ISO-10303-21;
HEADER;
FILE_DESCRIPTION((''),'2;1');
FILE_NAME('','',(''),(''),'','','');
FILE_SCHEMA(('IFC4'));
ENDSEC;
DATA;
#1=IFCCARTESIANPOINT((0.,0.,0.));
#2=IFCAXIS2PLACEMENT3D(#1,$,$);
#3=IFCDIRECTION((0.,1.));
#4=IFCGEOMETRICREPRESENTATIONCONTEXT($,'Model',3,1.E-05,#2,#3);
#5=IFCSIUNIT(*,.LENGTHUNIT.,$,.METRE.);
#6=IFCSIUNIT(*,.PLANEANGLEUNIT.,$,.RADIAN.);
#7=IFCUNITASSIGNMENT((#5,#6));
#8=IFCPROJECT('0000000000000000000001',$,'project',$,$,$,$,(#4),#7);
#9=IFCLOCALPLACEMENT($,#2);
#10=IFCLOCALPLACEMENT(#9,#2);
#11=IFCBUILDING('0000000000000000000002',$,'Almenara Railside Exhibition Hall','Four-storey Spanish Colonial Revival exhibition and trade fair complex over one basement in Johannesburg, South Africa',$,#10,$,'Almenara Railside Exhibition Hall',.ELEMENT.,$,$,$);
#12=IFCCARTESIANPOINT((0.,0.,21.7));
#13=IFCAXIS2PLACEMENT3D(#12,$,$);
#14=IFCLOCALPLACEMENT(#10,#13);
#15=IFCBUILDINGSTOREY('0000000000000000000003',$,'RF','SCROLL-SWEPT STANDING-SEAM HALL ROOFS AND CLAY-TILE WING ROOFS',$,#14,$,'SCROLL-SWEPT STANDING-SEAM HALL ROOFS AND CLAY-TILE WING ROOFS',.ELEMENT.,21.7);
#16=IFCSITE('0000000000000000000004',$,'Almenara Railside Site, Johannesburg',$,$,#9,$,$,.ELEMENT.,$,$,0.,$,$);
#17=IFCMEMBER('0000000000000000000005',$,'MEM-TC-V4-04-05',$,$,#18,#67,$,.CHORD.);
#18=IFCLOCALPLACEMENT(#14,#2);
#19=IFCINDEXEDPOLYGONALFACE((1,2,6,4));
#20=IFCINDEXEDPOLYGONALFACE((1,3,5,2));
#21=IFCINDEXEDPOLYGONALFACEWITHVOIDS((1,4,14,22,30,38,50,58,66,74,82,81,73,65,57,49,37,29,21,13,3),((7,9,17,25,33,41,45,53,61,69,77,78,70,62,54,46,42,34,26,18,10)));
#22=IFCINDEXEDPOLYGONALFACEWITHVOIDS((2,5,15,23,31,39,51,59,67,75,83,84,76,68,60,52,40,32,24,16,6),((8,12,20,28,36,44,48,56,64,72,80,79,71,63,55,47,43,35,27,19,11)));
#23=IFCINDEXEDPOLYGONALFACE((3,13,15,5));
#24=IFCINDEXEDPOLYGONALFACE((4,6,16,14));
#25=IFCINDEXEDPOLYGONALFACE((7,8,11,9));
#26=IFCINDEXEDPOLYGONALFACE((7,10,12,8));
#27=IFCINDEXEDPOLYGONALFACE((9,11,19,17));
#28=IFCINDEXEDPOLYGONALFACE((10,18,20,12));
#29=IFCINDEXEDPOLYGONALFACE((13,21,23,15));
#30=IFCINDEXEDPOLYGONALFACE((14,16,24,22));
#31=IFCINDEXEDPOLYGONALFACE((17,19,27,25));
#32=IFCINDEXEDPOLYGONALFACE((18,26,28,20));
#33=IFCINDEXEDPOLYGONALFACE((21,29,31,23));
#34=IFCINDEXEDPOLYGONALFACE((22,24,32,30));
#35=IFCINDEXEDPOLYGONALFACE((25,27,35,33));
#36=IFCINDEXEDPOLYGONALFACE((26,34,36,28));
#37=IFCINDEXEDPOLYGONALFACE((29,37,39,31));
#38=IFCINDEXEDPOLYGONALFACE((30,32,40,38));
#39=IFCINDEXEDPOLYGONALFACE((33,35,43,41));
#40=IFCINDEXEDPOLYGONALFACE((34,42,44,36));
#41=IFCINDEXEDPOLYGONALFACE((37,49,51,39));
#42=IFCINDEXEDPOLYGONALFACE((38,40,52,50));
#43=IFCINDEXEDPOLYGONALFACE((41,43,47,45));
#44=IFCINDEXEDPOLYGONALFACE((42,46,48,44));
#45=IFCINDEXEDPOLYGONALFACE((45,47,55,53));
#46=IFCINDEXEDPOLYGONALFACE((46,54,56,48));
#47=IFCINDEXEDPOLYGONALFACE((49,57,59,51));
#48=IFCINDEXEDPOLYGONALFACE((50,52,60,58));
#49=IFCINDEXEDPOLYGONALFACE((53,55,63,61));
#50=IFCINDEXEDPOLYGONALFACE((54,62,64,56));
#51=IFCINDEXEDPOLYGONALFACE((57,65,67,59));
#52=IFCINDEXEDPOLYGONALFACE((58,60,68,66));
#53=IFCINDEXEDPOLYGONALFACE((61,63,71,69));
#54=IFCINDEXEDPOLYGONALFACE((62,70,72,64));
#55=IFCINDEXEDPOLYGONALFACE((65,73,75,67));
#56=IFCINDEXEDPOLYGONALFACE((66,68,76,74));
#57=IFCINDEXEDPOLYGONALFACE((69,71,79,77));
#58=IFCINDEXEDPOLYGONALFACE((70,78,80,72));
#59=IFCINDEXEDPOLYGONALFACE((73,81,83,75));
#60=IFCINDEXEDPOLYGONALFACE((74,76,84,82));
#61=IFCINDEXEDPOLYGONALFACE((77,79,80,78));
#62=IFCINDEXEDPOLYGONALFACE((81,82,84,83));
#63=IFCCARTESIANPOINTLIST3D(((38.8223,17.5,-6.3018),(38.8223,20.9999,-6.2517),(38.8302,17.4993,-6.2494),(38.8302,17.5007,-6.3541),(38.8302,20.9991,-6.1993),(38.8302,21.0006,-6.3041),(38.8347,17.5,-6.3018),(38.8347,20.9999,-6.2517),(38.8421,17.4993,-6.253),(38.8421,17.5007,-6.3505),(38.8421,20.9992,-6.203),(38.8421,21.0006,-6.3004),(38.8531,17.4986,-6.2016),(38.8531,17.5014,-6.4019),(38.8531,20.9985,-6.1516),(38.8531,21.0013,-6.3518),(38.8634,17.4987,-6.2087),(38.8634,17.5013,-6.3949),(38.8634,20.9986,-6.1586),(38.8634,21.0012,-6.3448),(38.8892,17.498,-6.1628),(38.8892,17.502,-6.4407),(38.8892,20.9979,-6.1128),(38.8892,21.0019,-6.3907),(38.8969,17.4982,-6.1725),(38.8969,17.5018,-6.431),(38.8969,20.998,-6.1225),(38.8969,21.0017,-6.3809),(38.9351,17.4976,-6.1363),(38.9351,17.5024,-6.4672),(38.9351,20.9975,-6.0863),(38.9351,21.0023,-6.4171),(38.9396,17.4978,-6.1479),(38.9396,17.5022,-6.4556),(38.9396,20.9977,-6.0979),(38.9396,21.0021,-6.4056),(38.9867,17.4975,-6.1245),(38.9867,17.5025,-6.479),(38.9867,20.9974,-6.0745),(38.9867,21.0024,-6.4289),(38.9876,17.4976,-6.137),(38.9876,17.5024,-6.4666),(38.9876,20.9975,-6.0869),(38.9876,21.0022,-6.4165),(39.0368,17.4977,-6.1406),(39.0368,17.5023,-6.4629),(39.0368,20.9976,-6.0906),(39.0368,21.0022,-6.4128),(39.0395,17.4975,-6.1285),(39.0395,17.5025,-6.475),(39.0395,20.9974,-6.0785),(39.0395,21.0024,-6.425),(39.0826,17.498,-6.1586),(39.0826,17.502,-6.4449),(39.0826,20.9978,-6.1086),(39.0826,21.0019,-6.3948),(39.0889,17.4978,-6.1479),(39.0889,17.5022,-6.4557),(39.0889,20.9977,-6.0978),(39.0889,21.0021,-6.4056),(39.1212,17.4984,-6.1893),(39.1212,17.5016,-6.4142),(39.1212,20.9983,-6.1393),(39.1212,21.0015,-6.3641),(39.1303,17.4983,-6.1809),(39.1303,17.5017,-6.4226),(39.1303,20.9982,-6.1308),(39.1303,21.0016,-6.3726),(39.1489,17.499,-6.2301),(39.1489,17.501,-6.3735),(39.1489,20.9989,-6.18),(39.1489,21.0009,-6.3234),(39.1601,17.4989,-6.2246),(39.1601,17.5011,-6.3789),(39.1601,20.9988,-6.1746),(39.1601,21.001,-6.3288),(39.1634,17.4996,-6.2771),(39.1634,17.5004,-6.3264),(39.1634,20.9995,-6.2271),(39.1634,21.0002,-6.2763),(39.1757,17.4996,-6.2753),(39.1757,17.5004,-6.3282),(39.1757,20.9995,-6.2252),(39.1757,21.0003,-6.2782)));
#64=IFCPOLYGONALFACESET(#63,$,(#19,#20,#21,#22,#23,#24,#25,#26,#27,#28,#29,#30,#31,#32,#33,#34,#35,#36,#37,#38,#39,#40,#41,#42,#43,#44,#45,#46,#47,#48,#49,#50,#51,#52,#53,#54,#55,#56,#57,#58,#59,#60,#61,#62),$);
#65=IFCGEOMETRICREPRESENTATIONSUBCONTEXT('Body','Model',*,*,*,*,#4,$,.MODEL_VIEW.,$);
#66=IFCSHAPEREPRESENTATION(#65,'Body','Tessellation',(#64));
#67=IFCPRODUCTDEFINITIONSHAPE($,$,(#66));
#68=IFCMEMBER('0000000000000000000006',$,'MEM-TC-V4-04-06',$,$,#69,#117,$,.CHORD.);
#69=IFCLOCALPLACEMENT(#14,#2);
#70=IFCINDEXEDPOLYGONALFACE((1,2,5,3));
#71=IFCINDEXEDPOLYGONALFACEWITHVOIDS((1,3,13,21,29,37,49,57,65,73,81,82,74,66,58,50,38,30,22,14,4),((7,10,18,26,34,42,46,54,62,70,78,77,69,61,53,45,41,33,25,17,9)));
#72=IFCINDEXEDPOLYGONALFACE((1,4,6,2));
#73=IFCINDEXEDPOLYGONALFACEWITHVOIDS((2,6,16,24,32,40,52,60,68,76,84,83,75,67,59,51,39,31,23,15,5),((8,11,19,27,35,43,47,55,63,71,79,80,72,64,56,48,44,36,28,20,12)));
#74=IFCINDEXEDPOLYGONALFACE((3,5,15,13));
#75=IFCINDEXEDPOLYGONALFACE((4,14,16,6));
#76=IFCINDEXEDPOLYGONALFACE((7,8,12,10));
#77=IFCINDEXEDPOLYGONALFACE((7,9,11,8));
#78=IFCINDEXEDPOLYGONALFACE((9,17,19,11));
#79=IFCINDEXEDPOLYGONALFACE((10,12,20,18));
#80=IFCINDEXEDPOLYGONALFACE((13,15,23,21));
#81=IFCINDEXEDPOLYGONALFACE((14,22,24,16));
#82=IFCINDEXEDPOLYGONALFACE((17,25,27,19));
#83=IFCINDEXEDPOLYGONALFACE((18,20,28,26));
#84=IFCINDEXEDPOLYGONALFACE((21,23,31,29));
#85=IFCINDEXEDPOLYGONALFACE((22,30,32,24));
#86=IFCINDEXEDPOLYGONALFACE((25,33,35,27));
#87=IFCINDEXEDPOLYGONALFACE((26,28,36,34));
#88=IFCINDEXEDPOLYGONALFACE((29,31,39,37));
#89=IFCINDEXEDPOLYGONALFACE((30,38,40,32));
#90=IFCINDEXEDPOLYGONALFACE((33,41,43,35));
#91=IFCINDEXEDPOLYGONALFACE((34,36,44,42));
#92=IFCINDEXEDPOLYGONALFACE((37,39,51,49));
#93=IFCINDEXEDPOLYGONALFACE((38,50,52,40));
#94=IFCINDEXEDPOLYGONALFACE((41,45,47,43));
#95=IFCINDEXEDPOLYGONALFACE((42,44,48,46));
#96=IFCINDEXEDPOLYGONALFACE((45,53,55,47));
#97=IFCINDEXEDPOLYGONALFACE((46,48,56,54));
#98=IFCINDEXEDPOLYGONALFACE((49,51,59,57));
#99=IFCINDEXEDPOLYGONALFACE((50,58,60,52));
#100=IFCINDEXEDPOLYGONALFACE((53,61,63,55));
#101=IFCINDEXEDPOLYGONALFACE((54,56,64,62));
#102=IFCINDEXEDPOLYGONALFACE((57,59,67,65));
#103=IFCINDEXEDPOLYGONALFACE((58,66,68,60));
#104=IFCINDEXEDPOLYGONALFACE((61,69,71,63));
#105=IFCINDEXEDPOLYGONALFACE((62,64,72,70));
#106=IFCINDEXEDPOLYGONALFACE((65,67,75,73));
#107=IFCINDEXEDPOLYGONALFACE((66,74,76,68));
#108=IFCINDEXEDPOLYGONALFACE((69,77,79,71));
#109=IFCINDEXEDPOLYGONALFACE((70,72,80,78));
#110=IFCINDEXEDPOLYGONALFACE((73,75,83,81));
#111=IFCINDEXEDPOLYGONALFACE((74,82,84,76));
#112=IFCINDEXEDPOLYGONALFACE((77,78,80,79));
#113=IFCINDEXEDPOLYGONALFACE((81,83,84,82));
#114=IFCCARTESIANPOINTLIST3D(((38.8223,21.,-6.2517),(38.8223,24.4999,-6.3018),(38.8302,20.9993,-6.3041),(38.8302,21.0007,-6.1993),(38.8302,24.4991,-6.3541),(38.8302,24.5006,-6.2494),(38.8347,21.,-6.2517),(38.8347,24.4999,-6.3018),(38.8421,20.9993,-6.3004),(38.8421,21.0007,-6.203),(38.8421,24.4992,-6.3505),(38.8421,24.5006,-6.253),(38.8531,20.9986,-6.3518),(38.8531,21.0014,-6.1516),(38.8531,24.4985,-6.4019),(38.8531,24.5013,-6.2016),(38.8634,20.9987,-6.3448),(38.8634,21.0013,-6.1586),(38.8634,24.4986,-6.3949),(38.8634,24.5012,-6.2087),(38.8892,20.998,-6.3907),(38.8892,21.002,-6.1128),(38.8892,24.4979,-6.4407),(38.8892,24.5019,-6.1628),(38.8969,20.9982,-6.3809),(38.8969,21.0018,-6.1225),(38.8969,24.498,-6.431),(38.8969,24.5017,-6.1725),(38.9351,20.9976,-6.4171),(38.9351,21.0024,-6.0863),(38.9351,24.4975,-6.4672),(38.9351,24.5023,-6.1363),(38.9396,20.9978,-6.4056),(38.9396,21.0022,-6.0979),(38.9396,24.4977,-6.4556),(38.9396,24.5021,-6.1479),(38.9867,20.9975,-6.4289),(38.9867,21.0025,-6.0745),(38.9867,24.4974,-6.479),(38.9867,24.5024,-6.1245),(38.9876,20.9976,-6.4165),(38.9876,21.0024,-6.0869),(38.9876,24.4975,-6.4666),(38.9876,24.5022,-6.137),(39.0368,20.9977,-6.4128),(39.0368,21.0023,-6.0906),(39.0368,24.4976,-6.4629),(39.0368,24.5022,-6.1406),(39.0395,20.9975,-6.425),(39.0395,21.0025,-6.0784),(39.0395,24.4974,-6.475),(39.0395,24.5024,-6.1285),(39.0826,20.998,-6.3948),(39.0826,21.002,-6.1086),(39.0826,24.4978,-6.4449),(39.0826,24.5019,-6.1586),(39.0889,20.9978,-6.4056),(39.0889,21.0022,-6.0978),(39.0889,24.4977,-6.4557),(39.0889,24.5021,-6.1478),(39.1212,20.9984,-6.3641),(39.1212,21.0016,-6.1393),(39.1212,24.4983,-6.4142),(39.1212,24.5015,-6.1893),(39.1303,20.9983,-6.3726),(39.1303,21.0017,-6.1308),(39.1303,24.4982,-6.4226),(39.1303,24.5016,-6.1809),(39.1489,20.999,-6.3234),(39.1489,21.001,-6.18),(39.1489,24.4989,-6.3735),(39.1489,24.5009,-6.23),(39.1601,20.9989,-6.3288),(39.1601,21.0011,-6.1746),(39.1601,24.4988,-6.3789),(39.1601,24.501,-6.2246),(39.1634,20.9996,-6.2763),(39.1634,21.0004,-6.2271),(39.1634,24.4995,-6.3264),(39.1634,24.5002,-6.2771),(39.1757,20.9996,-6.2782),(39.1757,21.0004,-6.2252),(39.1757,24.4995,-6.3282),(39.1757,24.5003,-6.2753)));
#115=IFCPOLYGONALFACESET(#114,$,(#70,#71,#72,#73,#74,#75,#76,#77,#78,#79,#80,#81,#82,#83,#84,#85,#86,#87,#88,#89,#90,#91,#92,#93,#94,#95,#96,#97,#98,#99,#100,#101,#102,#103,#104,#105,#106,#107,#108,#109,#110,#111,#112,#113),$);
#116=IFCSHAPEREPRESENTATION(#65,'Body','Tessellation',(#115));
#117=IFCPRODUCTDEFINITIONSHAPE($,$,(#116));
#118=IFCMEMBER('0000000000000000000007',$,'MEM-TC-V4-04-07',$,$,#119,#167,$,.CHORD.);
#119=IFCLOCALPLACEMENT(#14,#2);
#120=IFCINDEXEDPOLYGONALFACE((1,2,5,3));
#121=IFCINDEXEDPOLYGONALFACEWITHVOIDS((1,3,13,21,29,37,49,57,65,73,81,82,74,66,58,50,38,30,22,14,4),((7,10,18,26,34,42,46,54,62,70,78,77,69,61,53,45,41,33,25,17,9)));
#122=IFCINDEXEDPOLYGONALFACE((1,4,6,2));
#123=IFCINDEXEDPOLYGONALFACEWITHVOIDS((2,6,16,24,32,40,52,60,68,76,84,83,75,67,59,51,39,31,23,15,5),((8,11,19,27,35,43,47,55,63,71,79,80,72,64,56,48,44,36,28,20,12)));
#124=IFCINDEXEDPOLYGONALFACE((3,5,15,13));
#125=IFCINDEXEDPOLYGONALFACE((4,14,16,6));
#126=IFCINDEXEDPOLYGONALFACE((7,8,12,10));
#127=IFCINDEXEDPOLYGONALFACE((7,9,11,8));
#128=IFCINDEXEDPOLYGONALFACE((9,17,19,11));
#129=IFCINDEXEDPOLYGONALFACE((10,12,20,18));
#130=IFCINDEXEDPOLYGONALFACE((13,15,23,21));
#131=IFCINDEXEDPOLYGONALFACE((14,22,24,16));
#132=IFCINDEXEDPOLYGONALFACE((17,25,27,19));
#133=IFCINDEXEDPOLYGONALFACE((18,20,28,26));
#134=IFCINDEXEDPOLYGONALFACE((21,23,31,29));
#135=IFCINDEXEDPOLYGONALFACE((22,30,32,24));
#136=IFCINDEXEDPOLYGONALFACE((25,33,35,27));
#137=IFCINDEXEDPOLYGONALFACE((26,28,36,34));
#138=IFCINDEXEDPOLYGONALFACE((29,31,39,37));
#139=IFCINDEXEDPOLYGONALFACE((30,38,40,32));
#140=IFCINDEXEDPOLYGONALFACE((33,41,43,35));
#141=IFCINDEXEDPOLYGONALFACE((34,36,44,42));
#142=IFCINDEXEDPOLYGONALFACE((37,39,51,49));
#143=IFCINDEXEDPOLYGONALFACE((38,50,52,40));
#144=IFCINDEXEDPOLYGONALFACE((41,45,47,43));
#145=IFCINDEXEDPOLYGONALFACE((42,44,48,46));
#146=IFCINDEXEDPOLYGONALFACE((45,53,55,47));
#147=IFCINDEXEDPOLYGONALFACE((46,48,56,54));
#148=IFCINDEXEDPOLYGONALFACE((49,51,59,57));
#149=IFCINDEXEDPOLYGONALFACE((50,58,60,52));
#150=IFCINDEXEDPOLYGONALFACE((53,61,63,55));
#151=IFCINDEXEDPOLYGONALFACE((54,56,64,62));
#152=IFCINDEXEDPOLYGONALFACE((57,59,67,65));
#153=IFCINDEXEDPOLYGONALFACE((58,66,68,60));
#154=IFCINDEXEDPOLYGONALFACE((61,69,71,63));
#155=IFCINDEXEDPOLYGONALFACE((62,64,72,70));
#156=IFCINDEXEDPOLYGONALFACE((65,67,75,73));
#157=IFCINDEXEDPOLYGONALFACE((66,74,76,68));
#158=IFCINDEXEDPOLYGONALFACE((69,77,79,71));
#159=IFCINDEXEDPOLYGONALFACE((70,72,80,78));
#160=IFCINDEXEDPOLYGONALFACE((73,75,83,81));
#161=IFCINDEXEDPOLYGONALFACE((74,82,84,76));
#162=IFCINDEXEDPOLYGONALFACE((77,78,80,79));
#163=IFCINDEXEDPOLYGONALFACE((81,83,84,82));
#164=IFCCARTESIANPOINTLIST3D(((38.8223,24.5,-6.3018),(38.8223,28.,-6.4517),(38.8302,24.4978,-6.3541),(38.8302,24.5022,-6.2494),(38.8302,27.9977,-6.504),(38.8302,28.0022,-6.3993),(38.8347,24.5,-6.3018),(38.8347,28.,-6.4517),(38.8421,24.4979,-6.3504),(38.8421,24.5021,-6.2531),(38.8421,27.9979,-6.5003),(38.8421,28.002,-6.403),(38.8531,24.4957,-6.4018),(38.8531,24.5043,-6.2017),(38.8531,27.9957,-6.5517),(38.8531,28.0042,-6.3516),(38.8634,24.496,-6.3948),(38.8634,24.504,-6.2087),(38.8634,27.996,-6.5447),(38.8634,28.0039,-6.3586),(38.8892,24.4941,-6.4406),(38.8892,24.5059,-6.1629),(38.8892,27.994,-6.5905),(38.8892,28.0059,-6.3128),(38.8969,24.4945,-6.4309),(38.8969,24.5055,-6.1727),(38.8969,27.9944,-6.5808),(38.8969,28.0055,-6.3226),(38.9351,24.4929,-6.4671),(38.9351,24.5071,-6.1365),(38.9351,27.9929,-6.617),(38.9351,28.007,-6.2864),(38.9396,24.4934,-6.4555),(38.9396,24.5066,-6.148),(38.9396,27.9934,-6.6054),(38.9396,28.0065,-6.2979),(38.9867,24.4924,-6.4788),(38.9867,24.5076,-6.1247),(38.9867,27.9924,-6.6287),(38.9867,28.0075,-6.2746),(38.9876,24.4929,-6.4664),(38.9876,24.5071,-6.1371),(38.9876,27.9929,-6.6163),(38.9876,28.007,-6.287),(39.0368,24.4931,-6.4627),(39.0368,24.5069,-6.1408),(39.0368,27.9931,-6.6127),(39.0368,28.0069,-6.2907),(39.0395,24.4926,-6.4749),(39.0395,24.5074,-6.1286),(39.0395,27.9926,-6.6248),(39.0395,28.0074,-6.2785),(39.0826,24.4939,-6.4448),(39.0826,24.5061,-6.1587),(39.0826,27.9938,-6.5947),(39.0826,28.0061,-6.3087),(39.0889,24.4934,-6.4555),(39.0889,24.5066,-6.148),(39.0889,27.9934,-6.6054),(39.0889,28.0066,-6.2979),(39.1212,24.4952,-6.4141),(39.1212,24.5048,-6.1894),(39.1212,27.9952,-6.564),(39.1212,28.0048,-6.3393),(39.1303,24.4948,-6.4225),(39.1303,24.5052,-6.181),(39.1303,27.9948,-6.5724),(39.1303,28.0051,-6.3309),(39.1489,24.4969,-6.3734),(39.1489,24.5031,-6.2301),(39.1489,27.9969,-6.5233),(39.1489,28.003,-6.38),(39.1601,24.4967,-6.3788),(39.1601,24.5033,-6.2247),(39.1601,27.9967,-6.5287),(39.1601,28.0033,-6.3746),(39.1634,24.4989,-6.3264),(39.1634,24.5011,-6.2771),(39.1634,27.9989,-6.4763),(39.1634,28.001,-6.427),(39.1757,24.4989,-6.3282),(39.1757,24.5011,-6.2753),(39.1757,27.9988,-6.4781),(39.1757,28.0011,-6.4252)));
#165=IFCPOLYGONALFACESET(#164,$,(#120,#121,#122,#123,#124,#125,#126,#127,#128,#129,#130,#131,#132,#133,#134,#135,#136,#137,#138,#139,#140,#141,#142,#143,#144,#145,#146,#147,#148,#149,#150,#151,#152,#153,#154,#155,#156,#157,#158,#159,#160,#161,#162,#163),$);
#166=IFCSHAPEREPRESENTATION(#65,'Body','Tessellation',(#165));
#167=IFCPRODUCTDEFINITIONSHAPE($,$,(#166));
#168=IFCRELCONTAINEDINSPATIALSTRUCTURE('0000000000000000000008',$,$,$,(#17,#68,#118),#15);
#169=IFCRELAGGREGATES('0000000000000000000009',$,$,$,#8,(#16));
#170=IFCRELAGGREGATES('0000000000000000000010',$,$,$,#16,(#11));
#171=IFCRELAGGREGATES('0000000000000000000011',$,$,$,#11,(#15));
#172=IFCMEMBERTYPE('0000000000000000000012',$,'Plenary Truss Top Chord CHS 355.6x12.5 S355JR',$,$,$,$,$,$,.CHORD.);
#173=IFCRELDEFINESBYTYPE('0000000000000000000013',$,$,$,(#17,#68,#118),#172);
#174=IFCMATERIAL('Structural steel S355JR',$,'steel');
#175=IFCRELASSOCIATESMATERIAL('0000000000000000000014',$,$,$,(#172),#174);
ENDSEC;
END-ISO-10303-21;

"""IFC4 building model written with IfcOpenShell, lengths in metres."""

from ifc_helpers import new_model, si_unit, direction, frame, origin, origin_2d, place, context, subcontext, project, spatial, hollow_circle, extrude, material, material_profile, profile_set, type_object, element, save


model = new_model("IFC4")

# Units and contexts
model_context = context("Model", 3, precision=1e-05, world=origin(), true_north=direction((0.0, 1.0)))
body_context = subcontext(model_context, "Body", "Model", "MODEL_VIEW")
ifc_project = project(units=[si_unit("LENGTHUNIT", "METRE"), si_unit("PLANEANGLEUNIT", "RADIAN")], contexts=[model_context])

# Site, building, storey
site_placement = place(None, origin())
site = spatial("IfcSite", under=ifc_project, at=site_placement, Name="Almenara Railside Site, Johannesburg", CompositionType="ELEMENT", RefElevation=0.0)
building_placement = place(site_placement, origin())
building = spatial("IfcBuilding", under=site, at=building_placement, Name="Almenara Railside Exhibition Hall", Description="Four-storey Spanish Colonial Revival exhibition and trade fair complex over one basement in Johannesburg, South Africa", LongName="Almenara Railside Exhibition Hall", CompositionType="ELEMENT")
storey_placement = place(building_placement, frame((0.0, 0.0, 21.7)))
storey = spatial("IfcBuildingStorey", under=building, at=storey_placement, Name="RF", Description="SCROLL-SWEPT STANDING-SEAM HALL ROOFS AND CLAY-TILE WING ROOFS", LongName="SCROLL-SWEPT STANDING-SEAM HALL ROOFS AND CLAY-TILE WING ROOFS", CompositionType="ELEMENT", Elevation=21.7)

# Members
ifc_material_1 = material(Name="Structural steel S355JR", Category="steel")
ifc_material_profile_1 = material_profile(ifc_material_1, hollow_circle(Radius=0.1777, WallThickness=0.0125, at=origin_2d()), Name="CHS 355.6x12.5")
ifc_profile_set_1 = profile_set([ifc_material_profile_1], Name="Structural steel S355JR")
member_type_1 = type_object("IfcMemberType", Name="Plenary Truss Top Chord CHS 355.6x12.5 S355JR", PredefinedType="CHORD", material=ifc_profile_set_1)
for number, where, z_axis, x_axis, name in (
    (1, (39.0, 17.5, -6.3018), (0.0, 0.999898, 0.014298), (-1.0, 0.0, 0.0), "MEM-TC-V4-04-05"),
    (2, (39.0, 21.0, -6.2517), (0.0, 0.999898, -0.014298), (-1.0, 0.0, 0.0), "MEM-TC-V4-04-06"),
):
    element("IfcMember", number, at=place(storey_placement, frame(where, z_axis=z_axis, x_axis=x_axis)), inside=storey, type_object=member_type_1, Name=name, PredefinedType="CHORD", context=body_context, shape_type="SweptSolid", body=[
        extrude(hollow_circle(Radius=0.1777, WallThickness=0.0125, at=origin_2d()), origin(), (0.0, 0.0, 1.0), 3.5002),
    ])
member_1_placement = place(storey_placement, frame((39.0, 24.5, -6.3018), z_axis=(0.0, 0.999084, -0.04279), x_axis=(-1.0, 0.0, 0.0)))
element("IfcMember", 3, at=member_1_placement, inside=storey, type_object=member_type_1, Name="MEM-TC-V4-04-07", PredefinedType="CHORD", context=body_context, shape_type="SweptSolid", body=[
    extrude(hollow_circle(Radius=0.1777, WallThickness=0.0125, at=origin_2d()), origin(), (0.0, 0.0, 1.0), 3.5032),
])

save(model, "model.ifc")
